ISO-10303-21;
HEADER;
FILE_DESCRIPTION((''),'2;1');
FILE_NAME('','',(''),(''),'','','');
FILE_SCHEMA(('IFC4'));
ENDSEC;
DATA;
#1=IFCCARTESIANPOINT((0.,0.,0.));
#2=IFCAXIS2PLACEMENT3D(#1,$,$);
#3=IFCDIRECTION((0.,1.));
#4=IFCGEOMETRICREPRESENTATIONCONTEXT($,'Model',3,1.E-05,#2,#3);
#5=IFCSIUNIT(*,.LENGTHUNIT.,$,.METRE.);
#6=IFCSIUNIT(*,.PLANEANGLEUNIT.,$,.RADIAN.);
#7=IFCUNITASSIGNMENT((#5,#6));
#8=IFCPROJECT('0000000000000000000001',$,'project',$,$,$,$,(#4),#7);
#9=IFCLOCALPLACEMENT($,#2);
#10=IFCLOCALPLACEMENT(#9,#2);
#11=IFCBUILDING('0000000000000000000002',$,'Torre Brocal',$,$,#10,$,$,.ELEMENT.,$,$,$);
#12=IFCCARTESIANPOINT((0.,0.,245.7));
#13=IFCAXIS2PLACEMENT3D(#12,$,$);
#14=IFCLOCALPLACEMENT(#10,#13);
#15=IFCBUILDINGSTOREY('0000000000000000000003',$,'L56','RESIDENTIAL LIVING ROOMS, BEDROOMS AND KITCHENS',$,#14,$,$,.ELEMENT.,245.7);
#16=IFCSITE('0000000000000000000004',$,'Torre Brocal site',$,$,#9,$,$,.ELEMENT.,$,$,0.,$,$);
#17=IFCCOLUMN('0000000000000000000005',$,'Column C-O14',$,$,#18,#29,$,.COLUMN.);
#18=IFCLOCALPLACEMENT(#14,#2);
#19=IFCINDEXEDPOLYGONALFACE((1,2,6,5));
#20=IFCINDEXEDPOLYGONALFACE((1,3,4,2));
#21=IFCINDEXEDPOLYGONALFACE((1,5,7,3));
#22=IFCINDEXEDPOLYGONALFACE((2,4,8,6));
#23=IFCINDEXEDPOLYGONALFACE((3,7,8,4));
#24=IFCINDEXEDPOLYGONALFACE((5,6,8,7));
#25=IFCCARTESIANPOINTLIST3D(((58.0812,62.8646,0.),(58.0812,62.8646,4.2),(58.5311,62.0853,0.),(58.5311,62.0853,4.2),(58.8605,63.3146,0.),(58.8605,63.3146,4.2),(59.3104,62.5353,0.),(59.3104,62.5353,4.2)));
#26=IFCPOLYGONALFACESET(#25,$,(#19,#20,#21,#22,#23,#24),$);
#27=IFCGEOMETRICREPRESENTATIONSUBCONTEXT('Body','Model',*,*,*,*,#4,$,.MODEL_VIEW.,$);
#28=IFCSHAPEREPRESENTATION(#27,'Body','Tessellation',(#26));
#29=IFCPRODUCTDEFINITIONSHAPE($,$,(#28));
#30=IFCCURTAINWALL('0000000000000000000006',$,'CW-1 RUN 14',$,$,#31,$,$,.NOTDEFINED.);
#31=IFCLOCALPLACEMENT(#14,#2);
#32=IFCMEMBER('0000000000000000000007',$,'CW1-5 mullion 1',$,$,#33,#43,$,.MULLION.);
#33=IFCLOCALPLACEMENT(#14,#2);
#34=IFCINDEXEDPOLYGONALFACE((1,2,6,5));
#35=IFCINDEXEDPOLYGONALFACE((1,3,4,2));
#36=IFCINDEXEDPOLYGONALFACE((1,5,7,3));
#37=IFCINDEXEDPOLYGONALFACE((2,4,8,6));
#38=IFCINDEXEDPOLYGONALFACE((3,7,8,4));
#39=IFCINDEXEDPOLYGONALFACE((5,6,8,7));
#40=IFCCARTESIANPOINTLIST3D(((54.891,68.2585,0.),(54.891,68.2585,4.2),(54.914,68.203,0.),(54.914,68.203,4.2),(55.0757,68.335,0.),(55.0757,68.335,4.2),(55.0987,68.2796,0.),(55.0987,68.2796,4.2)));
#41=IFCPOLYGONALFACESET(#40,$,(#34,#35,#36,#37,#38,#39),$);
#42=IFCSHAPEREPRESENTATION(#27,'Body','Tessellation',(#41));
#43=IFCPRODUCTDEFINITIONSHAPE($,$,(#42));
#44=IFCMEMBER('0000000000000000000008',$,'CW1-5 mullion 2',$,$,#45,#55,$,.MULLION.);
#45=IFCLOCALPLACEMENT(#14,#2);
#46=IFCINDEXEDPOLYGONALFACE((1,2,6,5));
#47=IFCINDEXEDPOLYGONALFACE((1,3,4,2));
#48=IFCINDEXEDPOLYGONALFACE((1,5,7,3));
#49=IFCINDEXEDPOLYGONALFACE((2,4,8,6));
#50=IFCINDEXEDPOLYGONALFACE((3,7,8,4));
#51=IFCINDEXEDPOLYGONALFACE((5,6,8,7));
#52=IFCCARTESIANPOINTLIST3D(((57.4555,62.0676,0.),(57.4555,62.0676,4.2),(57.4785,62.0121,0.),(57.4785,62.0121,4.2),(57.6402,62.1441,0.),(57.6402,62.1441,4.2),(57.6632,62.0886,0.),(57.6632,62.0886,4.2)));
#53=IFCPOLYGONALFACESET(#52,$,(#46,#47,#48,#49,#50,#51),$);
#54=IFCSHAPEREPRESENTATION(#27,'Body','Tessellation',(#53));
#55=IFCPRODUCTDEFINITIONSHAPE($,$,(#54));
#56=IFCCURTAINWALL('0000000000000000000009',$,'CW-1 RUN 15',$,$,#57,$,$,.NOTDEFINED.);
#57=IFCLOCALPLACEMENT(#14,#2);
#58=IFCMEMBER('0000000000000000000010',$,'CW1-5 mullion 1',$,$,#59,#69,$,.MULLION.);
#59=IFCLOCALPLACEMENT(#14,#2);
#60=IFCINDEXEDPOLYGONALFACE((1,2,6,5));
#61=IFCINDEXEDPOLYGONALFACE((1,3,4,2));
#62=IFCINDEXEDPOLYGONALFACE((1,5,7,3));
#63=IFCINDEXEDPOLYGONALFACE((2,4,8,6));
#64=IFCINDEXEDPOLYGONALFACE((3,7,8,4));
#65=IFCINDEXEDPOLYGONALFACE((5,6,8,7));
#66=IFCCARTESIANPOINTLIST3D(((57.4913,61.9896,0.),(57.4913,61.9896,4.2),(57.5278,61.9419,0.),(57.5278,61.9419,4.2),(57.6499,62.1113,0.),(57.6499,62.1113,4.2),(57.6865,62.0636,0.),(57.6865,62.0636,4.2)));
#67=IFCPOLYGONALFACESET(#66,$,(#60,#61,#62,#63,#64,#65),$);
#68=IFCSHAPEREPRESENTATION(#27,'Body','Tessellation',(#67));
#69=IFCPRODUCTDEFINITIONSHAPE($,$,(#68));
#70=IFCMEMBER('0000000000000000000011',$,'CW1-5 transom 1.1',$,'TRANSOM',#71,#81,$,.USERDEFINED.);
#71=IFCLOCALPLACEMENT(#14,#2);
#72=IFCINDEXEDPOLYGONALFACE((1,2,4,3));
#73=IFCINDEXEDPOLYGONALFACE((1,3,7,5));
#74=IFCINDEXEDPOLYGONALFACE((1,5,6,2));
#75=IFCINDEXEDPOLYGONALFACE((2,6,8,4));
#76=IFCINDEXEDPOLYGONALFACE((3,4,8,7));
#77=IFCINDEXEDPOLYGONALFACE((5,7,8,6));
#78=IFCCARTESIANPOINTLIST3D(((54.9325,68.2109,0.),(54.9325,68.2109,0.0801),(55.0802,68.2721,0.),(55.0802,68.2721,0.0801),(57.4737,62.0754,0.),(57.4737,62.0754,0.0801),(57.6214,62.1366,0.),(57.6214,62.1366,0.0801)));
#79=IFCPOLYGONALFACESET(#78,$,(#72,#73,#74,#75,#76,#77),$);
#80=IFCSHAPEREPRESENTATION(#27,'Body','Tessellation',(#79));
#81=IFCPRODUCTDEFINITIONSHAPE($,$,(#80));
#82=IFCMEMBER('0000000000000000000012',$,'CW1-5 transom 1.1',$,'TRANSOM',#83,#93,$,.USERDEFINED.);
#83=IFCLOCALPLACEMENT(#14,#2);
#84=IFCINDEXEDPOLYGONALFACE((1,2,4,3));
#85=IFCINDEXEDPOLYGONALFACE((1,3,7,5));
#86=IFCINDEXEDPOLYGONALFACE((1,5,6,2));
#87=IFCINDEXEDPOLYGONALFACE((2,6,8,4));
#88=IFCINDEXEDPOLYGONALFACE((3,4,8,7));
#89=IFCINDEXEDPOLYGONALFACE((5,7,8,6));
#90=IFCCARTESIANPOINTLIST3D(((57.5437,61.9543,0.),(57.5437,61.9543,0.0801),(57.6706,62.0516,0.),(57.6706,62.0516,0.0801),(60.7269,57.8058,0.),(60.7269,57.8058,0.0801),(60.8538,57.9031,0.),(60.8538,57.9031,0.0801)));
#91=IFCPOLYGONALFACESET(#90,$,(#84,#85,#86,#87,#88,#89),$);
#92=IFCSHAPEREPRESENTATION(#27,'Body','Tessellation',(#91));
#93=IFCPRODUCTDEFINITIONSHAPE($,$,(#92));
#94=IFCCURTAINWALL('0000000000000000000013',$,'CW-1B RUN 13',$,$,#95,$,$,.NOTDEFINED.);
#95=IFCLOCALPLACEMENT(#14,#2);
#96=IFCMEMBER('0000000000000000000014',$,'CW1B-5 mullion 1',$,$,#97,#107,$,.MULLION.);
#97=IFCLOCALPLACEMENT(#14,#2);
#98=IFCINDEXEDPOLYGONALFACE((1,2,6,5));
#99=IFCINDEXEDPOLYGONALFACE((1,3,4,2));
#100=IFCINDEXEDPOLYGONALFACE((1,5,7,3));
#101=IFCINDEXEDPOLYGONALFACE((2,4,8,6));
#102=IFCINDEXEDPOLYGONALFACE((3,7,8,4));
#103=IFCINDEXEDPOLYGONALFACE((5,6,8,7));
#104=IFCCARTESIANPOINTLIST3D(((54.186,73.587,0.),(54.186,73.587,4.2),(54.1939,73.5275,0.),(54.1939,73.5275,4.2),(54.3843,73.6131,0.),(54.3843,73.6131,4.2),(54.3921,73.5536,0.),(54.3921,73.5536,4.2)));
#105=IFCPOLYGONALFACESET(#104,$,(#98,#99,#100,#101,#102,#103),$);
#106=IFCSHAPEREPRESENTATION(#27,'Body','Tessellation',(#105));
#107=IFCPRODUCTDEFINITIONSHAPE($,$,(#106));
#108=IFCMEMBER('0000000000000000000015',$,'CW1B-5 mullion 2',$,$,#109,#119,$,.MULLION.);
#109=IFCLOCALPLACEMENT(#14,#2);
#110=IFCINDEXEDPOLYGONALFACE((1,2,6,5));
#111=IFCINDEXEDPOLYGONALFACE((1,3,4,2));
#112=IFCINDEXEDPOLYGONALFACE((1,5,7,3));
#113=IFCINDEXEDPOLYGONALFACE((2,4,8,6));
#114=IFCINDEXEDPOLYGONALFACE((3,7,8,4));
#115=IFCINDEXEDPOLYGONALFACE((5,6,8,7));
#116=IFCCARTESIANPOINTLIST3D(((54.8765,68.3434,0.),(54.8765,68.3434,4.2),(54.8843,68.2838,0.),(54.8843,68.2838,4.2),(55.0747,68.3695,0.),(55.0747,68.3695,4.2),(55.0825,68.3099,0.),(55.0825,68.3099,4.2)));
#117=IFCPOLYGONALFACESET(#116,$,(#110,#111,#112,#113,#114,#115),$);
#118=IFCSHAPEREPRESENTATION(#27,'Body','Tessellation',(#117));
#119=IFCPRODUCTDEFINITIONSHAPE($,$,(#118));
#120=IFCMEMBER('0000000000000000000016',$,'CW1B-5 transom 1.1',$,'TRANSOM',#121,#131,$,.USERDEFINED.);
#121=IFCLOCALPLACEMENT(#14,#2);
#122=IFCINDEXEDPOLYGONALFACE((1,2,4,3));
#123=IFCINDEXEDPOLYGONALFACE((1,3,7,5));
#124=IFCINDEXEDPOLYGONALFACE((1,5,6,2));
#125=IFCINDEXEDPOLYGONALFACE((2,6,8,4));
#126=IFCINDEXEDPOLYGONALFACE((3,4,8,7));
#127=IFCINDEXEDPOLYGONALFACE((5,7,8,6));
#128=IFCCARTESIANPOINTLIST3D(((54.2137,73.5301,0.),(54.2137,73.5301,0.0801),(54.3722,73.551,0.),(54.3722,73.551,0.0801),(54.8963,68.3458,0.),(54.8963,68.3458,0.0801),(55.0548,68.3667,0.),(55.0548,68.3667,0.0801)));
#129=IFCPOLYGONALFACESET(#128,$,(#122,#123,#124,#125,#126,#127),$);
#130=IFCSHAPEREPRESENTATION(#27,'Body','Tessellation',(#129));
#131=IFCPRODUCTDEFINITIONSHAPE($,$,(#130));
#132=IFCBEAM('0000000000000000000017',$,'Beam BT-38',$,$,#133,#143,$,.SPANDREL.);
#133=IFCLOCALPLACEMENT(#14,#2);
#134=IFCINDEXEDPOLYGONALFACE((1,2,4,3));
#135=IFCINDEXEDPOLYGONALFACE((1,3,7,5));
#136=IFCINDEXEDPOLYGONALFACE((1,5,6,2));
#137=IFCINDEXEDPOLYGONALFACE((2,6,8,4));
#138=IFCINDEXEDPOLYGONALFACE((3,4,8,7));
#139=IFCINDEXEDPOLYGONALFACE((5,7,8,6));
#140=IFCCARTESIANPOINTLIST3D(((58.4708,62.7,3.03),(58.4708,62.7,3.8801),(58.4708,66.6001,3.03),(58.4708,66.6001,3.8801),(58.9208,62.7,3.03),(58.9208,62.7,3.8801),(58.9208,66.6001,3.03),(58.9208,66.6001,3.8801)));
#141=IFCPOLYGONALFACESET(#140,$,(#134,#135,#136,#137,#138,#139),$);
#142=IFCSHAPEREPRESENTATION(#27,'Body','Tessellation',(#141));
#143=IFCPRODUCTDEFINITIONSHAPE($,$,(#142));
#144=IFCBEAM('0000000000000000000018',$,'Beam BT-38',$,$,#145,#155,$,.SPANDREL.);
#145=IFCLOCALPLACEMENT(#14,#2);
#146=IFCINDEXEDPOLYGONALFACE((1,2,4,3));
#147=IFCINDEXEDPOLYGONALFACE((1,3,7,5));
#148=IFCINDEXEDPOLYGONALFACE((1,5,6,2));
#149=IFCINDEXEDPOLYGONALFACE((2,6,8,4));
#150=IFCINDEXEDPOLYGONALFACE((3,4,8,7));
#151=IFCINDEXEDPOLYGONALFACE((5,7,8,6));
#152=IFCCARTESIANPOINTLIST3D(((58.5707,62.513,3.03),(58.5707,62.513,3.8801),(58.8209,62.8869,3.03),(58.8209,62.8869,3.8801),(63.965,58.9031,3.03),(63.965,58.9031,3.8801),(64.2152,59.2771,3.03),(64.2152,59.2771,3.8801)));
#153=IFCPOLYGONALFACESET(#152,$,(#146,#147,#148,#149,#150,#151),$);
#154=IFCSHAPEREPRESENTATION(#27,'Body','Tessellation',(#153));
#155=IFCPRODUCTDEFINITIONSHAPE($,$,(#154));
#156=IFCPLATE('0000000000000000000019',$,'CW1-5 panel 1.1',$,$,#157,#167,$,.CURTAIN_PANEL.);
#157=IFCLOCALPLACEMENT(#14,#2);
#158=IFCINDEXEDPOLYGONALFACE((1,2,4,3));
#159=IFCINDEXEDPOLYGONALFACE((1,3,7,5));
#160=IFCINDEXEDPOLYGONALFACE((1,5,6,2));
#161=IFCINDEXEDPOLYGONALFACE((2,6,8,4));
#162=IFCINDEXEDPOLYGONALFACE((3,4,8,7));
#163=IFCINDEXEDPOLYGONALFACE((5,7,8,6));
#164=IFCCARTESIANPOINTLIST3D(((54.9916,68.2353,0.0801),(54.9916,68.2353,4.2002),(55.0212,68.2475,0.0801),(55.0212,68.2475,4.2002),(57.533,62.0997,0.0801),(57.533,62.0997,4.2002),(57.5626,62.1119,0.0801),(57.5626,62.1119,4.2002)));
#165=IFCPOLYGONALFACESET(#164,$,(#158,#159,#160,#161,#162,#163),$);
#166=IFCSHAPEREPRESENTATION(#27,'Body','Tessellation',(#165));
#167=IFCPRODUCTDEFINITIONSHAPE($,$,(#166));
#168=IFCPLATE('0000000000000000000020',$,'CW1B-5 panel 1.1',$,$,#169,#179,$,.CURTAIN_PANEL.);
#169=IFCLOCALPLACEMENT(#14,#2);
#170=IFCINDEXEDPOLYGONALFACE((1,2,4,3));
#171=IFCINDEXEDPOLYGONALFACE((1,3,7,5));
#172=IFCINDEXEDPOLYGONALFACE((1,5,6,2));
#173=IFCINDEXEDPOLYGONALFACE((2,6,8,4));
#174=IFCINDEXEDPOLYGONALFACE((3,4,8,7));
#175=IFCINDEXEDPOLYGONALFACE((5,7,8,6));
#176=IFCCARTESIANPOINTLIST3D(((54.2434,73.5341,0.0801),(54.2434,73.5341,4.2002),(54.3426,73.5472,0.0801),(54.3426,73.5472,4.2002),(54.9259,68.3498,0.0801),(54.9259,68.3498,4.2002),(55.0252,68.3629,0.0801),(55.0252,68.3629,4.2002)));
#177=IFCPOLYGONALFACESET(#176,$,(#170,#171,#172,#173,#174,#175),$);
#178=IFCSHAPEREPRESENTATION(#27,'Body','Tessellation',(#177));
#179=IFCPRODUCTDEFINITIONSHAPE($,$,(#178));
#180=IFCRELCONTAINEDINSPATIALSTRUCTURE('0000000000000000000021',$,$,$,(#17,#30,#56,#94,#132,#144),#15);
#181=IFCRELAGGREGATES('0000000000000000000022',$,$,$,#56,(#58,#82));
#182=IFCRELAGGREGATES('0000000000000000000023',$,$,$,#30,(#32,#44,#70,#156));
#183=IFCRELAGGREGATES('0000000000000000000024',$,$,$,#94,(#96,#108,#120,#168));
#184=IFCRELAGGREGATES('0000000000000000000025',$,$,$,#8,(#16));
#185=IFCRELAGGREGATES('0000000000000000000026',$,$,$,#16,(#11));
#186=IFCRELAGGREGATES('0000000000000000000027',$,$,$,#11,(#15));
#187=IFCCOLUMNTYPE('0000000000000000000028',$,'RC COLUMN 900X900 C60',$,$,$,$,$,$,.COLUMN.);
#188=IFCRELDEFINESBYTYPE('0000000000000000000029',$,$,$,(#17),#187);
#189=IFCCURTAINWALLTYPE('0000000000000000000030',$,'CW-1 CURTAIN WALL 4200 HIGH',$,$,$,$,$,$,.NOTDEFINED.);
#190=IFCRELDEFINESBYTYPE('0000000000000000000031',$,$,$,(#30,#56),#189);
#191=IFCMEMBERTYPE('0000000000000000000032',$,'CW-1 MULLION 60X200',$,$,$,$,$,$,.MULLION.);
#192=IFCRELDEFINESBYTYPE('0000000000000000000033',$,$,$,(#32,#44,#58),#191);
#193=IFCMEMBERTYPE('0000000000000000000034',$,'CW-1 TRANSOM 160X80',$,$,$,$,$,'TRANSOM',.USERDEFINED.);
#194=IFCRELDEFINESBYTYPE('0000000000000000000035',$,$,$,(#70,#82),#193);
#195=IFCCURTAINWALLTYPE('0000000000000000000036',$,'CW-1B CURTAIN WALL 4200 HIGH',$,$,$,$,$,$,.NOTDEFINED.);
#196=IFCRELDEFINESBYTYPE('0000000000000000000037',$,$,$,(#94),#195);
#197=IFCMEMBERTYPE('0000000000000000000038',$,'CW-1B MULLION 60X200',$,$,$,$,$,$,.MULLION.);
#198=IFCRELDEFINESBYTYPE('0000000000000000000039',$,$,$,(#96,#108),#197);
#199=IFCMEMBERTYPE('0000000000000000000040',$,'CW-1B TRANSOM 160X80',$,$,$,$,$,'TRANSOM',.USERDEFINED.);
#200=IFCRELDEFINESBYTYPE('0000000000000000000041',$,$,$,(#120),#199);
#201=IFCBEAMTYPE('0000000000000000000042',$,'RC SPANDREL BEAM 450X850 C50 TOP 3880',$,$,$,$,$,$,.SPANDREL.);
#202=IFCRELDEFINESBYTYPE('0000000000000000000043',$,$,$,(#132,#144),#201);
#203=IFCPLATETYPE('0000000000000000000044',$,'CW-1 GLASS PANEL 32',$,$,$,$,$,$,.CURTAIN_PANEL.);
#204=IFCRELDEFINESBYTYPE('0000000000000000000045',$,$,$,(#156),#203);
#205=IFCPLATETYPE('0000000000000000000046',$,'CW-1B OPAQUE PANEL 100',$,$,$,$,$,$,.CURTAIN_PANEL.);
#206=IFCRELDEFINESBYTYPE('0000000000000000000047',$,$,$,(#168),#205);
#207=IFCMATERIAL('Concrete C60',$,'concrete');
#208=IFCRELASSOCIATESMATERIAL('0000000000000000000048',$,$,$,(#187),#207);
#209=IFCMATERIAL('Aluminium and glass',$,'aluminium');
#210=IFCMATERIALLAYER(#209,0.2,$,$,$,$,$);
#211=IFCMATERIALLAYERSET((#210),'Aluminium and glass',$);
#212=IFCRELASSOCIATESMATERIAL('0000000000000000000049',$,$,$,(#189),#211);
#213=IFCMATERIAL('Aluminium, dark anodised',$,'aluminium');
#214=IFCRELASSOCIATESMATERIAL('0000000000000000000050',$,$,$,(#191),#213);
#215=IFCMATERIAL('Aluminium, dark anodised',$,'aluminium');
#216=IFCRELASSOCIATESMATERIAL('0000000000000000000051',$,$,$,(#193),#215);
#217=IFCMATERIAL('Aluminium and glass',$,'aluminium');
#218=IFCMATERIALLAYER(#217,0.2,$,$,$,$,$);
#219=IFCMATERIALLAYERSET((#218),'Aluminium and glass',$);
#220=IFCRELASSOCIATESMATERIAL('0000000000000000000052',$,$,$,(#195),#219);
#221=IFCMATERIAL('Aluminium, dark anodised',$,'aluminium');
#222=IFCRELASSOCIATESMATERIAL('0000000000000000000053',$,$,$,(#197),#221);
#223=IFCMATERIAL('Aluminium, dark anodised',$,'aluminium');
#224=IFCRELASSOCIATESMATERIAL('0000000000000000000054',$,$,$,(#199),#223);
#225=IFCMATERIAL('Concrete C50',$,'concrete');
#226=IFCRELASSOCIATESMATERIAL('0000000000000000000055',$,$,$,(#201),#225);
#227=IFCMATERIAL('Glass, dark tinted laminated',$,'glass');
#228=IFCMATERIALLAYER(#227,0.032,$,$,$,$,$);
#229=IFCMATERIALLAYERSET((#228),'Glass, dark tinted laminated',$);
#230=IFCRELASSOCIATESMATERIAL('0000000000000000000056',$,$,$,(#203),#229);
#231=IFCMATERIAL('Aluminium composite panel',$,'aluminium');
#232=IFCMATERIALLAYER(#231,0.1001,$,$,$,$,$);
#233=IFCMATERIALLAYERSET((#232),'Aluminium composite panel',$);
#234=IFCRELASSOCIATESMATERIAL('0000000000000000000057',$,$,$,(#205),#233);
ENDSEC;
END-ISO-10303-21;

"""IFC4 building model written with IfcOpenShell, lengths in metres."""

from ifc_helpers import new_model, si_unit, direction, frame, origin, origin_2d, place, context, subcontext, project, spatial, rectangle, extrude, material, layer, layer_set, material_profile, profile_set, type_object, element, aggregate, save


model = new_model("IFC4")

# Units and contexts
model_context = context("Model", 3, precision=1e-05, world=origin(), true_north=direction((0.0, 1.0)))
body_context = subcontext(model_context, "Body", "Model", "MODEL_VIEW")
ifc_project = project(units=[si_unit("LENGTHUNIT", "METRE"), si_unit("PLANEANGLEUNIT", "RADIAN")], contexts=[model_context])

# Site, building, storey
site_placement = place(None, origin())
site = spatial("IfcSite", under=ifc_project, at=site_placement, Name="Torre Brocal site", CompositionType="ELEMENT", RefElevation=0.0)
building_placement = place(site_placement, origin())
building = spatial("IfcBuilding", under=site, at=building_placement, Name="Torre Brocal", CompositionType="ELEMENT")
storey_placement = place(building_placement, frame((0.0, 0.0, 245.7)))
storey = spatial("IfcBuildingStorey", under=building, at=storey_placement, Name="L56", Description="RESIDENTIAL LIVING ROOMS, BEDROOMS AND KITCHENS", CompositionType="ELEMENT", Elevation=245.7)

# Column
ifc_material_1 = material(Name="Concrete C60", Category="concrete")
ifc_material_profile_1 = material_profile(ifc_material_1, rectangle(XDim=0.8999, YDim=0.8999, at=origin_2d()), Name="RC 900X900")
ifc_profile_set_1 = profile_set([ifc_material_profile_1], Name="Concrete C60")
column_type = type_object("IfcColumnType", Name="RC COLUMN 900X900 C60", PredefinedType="COLUMN", material=ifc_profile_set_1)
column_placement = place(storey_placement, frame((58.6958, 62.7, 0.0), z_axis=(0.0, 0.0, 1.0), x_axis=(-0.866025, -0.5, 0.0)))
element("IfcColumn", 1, at=column_placement, inside=storey, type_object=column_type, Name="Column C-O14", PredefinedType="COLUMN", context=body_context, shape_type="SweptSolid", body=[
    extrude(rectangle(XDim=0.8999, YDim=0.8999, at=origin_2d()), origin(), (0.0, 0.0, 1.0), 4.2),
])

# Curtain wall, members
ifc_material_2 = material(Name="Aluminium and glass", Category="aluminium")
ifc_layer_1 = layer(ifc_material_2, 0.2)
ifc_layer_set_1 = layer_set([ifc_layer_1], Name="Aluminium and glass")
curtain_wall_type_1 = type_object("IfcCurtainWallType", Name="CW-1 CURTAIN WALL 4200 HIGH", PredefinedType="NOTDEFINED", material=ifc_layer_set_1)
curtain_wall_1_placement = place(storey_placement, origin())
curtain_wall_1 = element("IfcCurtainWall", 2, at=curtain_wall_1_placement, inside=storey, type_object=curtain_wall_type_1, Name="CW-1 RUN 14", PredefinedType="NOTDEFINED")
ifc_material_3 = material(Name="Aluminium, dark anodised", Category="aluminium")
ifc_material_profile_2 = material_profile(ifc_material_3, rectangle(XDim=0.2, YDim=0.0601, at=origin_2d()), Name="CW-1 MULLION 60X200")
ifc_profile_set_2 = profile_set([ifc_material_profile_2], Name="Aluminium, dark anodised")
member_type_1 = type_object("IfcMemberType", Name="CW-1 MULLION 60X200", PredefinedType="MULLION", material=ifc_profile_set_2)
member_1_placement = place(storey_placement, frame((54.9949, 68.269, 0.0), z_axis=(0.0, 0.0, 1.0), x_axis=(0.92388, 0.382683, 0.0)))
member_1 = element("IfcMember", 3, at=member_1_placement, type_object=member_type_1, Name="CW1-5 mullion 1", PredefinedType="MULLION", context=body_context, shape_type="SweptSolid", body=[
    extrude(rectangle(XDim=0.2, YDim=0.0601, at=origin_2d()), origin(), (0.0, 0.0, 1.0), 4.2),
])
member_2_placement = place(storey_placement, frame((57.5593, 62.0781, 0.0), z_axis=(0.0, 0.0, 1.0), x_axis=(0.92388, 0.382683, 0.0)))
member_2 = element("IfcMember", 4, at=member_2_placement, type_object=member_type_1, Name="CW1-5 mullion 2", PredefinedType="MULLION", context=body_context, shape_type="SweptSolid", body=[
    extrude(rectangle(XDim=0.2, YDim=0.0601, at=origin_2d()), origin(), (0.0, 0.0, 1.0), 4.2),
])

# Curtain wall, member
curtain_wall_2_placement = place(storey_placement, origin())
curtain_wall_2 = element("IfcCurtainWall", 5, at=curtain_wall_2_placement, inside=storey, type_object=curtain_wall_type_1, Name="CW-1 RUN 15", PredefinedType="NOTDEFINED")
member_3_placement = place(storey_placement, frame((57.5889, 62.0266, 0.0), z_axis=(0.0, 0.0, 1.0), x_axis=(0.793353, 0.608761, 0.0)))
member_3 = element("IfcMember", 6, at=member_3_placement, type_object=member_type_1, Name="CW1-5 mullion 1", PredefinedType="MULLION", context=body_context, shape_type="SweptSolid", body=[
    extrude(rectangle(XDim=0.2, YDim=0.0601, at=origin_2d()), origin(), (0.0, 0.0, 1.0), 4.2),
])

# Members
ifc_material_4 = material(Name="Aluminium, dark anodised", Category="aluminium")
ifc_material_profile_3 = material_profile(ifc_material_4, rectangle(XDim=0.1599, YDim=0.0801, at=origin_2d()), Name="CW-1 TRANSOM 160X80")
ifc_profile_set_3 = profile_set([ifc_material_profile_3], Name="Aluminium, dark anodised")
member_type_2 = type_object("IfcMemberType", Name="CW-1 TRANSOM 160X80", ElementType="TRANSOM", PredefinedType="USERDEFINED", material=ifc_profile_set_3)
member_4_placement = place(storey_placement, frame((55.0063, 68.2415, 0.04), z_axis=(0.382665, -0.923887, 0.0), x_axis=(0.923887, 0.382665, 0.0)))
member_4 = element("IfcMember", 7, at=member_4_placement, type_object=member_type_2, Name="CW1-5 transom 1.1", ObjectType="TRANSOM", PredefinedType="USERDEFINED", context=body_context, shape_type="SweptSolid", body=[
    extrude(rectangle(XDim=0.1599, YDim=0.0801, at=origin_2d()), origin(), (0.0, 0.0, 1.0), 6.6409),
])
member_5_placement = place(storey_placement, frame((57.6072, 62.0029, 0.04), z_axis=(0.608749, -0.793363, 0.0), x_axis=(0.793363, 0.608749, 0.0)))
member_5 = element("IfcMember", 8, at=member_5_placement, type_object=member_type_2, Name="CW1-5 transom 1.1", ObjectType="TRANSOM", PredefinedType="USERDEFINED", context=body_context, shape_type="SweptSolid", body=[
    extrude(rectangle(XDim=0.1599, YDim=0.0801, at=origin_2d()), origin(), (0.0, 0.0, 1.0), 5.229),
])
aggregate(curtain_wall_2, [member_3, member_5])

# Curtain wall, members
ifc_material_5 = material(Name="Aluminium and glass", Category="aluminium")
ifc_layer_2 = layer(ifc_material_5, 0.2)
ifc_layer_set_2 = layer_set([ifc_layer_2], Name="Aluminium and glass")
curtain_wall_type_2 = type_object("IfcCurtainWallType", Name="CW-1B CURTAIN WALL 4200 HIGH", PredefinedType="NOTDEFINED", material=ifc_layer_set_2)
curtain_wall_3_placement = place(storey_placement, origin())
curtain_wall_3 = element("IfcCurtainWall", 9, at=curtain_wall_3_placement, inside=storey, type_object=curtain_wall_type_2, Name="CW-1B RUN 13", PredefinedType="NOTDEFINED")
ifc_material_6 = material(Name="Aluminium, dark anodised", Category="aluminium")
ifc_material_profile_4 = material_profile(ifc_material_6, rectangle(XDim=0.2, YDim=0.0601, at=origin_2d()), Name="CW-1B MULLION 60X200")
ifc_profile_set_4 = profile_set([ifc_material_profile_4], Name="Aluminium, dark anodised")
member_type_3 = type_object("IfcMemberType", Name="CW-1B MULLION 60X200", PredefinedType="MULLION", material=ifc_profile_set_4)
member_6_placement = place(storey_placement, frame((54.2891, 73.5703, 0.0), z_axis=(0.0, 0.0, 1.0), x_axis=(0.991445, 0.130526, 0.0)))
member_6 = element("IfcMember", 10, at=member_6_placement, type_object=member_type_3, Name="CW1B-5 mullion 1", PredefinedType="MULLION", context=body_context, shape_type="SweptSolid", body=[
    extrude(rectangle(XDim=0.2, YDim=0.0601, at=origin_2d()), origin(), (0.0, 0.0, 1.0), 4.2),
])
member_7_placement = place(storey_placement, frame((54.9795, 68.3267, 0.0), z_axis=(0.0, 0.0, 1.0), x_axis=(0.991445, 0.130526, 0.0)))
member_7 = element("IfcMember", 11, at=member_7_placement, type_object=member_type_3, Name="CW1B-5 mullion 2", PredefinedType="MULLION", context=body_context, shape_type="SweptSolid", body=[
    extrude(rectangle(XDim=0.2, YDim=0.0601, at=origin_2d()), origin(), (0.0, 0.0, 1.0), 4.2),
])
ifc_material_7 = material(Name="Aluminium, dark anodised", Category="aluminium")
ifc_material_profile_5 = material_profile(ifc_material_7, rectangle(XDim=0.1599, YDim=0.0801, at=origin_2d()), Name="CW-1B TRANSOM 160X80")
ifc_profile_set_5 = profile_set([ifc_material_profile_5], Name="Aluminium, dark anodised")
member_type_4 = type_object("IfcMemberType", Name="CW-1B TRANSOM 160X80", ElementType="TRANSOM", PredefinedType="USERDEFINED", material=ifc_profile_set_5)
member_8_placement = place(storey_placement, frame((54.293, 73.5405, 0.04), z_axis=(0.130543, -0.991443, 0.0), x_axis=(0.991443, 0.130543, 0.0)))
member_8 = element("IfcMember", 12, at=member_8_placement, type_object=member_type_4, Name="CW1B-5 transom 1.1", ObjectType="TRANSOM", PredefinedType="USERDEFINED", context=body_context, shape_type="SweptSolid", body=[
    extrude(rectangle(XDim=0.1599, YDim=0.0801, at=origin_2d()), origin(), (0.0, 0.0, 1.0), 5.229),
])

# Beams
ifc_material_8 = material(Name="Concrete C50", Category="concrete")
ifc_material_profile_6 = material_profile(ifc_material_8, rectangle(XDim=0.45, YDim=0.8501, at=origin_2d()), Name="RC 450X850")
ifc_profile_set_6 = profile_set([ifc_material_profile_6], Name="Concrete C50")
beam_type = type_object("IfcBeamType", Name="RC SPANDREL BEAM 450X850 C50 TOP 3880", PredefinedType="SPANDREL", material=ifc_profile_set_6)
beam_1_placement = place(storey_placement, frame((58.6958, 62.7, 3.4551), z_axis=(0.0, 1.0, 0.0), x_axis=(-1.0, 0.0, 0.0)))
element("IfcBeam", 13, at=beam_1_placement, inside=storey, type_object=beam_type, Name="Beam BT-38", PredefinedType="SPANDREL", context=body_context, shape_type="SweptSolid", body=[
    extrude(rectangle(XDim=0.45, YDim=0.8501, at=origin_2d()), origin(), (0.0, 0.0, 1.0), 3.9001),
])
beam_2_placement = place(storey_placement, frame((58.6958, 62.7, 3.4551), z_axis=(0.831077, -0.556158, 0.0), x_axis=(0.556158, 0.831077, 0.0)))
element("IfcBeam", 14, at=beam_2_placement, inside=storey, type_object=beam_type, Name="Beam BT-38", PredefinedType="SPANDREL", context=body_context, shape_type="SweptSolid", body=[
    extrude(rectangle(XDim=0.45, YDim=0.8501, at=origin_2d()), origin(), (0.0, 0.0, 1.0), 6.4907),
])

# Plates
ifc_material_9 = material(Name="Glass, dark tinted laminated", Category="glass")
ifc_layer_3 = layer(ifc_material_9, 0.032)
ifc_layer_set_3 = layer_set([ifc_layer_3], Name="Glass, dark tinted laminated")
plate_type_1 = type_object("IfcPlateType", Name="CW-1 GLASS PANEL 32", PredefinedType="CURTAIN_PANEL", material=ifc_layer_set_3)
plate_1_placement = place(storey_placement, frame((56.2771, 65.1736, 0.0801), z_axis=(0.0, 0.0, 1.0), x_axis=(0.382683, -0.92388, 0.0)))
plate_1 = element("IfcPlate", 15, at=plate_1_placement, type_object=plate_type_1, Name="CW1-5 panel 1.1", PredefinedType="CURTAIN_PANEL", context=body_context, shape_type="SweptSolid", body=[
    extrude(rectangle(XDim=6.6411, YDim=0.032, at=origin_2d()), origin(), (0.0, 0.0, 1.0), 4.1201),
])
aggregate(curtain_wall_1, [member_1, member_2, member_4, plate_1])
ifc_material_10 = material(Name="Aluminium composite panel", Category="aluminium")
ifc_layer_4 = layer(ifc_material_10, 0.1001)
ifc_layer_set_4 = layer_set([ifc_layer_4], Name="Aluminium composite panel")
plate_type_2 = type_object("IfcPlateType", Name="CW-1B OPAQUE PANEL 100", PredefinedType="CURTAIN_PANEL", material=ifc_layer_set_4)
plate_2_placement = place(storey_placement, frame((54.6343, 70.9485, 0.0801), z_axis=(0.0, 0.0, 1.0), x_axis=(0.130526, -0.991445, 0.0)))
plate_2 = element("IfcPlate", 16, at=plate_2_placement, type_object=plate_type_2, Name="CW1B-5 panel 1.1", PredefinedType="CURTAIN_PANEL", context=body_context, shape_type="SweptSolid", body=[
    extrude(rectangle(XDim=5.229, YDim=0.1001, at=origin_2d()), origin(), (0.0, 0.0, 1.0), 4.1201),
])
aggregate(curtain_wall_3, [member_6, member_7, member_8, plate_2])

save(model, "model.ifc")
